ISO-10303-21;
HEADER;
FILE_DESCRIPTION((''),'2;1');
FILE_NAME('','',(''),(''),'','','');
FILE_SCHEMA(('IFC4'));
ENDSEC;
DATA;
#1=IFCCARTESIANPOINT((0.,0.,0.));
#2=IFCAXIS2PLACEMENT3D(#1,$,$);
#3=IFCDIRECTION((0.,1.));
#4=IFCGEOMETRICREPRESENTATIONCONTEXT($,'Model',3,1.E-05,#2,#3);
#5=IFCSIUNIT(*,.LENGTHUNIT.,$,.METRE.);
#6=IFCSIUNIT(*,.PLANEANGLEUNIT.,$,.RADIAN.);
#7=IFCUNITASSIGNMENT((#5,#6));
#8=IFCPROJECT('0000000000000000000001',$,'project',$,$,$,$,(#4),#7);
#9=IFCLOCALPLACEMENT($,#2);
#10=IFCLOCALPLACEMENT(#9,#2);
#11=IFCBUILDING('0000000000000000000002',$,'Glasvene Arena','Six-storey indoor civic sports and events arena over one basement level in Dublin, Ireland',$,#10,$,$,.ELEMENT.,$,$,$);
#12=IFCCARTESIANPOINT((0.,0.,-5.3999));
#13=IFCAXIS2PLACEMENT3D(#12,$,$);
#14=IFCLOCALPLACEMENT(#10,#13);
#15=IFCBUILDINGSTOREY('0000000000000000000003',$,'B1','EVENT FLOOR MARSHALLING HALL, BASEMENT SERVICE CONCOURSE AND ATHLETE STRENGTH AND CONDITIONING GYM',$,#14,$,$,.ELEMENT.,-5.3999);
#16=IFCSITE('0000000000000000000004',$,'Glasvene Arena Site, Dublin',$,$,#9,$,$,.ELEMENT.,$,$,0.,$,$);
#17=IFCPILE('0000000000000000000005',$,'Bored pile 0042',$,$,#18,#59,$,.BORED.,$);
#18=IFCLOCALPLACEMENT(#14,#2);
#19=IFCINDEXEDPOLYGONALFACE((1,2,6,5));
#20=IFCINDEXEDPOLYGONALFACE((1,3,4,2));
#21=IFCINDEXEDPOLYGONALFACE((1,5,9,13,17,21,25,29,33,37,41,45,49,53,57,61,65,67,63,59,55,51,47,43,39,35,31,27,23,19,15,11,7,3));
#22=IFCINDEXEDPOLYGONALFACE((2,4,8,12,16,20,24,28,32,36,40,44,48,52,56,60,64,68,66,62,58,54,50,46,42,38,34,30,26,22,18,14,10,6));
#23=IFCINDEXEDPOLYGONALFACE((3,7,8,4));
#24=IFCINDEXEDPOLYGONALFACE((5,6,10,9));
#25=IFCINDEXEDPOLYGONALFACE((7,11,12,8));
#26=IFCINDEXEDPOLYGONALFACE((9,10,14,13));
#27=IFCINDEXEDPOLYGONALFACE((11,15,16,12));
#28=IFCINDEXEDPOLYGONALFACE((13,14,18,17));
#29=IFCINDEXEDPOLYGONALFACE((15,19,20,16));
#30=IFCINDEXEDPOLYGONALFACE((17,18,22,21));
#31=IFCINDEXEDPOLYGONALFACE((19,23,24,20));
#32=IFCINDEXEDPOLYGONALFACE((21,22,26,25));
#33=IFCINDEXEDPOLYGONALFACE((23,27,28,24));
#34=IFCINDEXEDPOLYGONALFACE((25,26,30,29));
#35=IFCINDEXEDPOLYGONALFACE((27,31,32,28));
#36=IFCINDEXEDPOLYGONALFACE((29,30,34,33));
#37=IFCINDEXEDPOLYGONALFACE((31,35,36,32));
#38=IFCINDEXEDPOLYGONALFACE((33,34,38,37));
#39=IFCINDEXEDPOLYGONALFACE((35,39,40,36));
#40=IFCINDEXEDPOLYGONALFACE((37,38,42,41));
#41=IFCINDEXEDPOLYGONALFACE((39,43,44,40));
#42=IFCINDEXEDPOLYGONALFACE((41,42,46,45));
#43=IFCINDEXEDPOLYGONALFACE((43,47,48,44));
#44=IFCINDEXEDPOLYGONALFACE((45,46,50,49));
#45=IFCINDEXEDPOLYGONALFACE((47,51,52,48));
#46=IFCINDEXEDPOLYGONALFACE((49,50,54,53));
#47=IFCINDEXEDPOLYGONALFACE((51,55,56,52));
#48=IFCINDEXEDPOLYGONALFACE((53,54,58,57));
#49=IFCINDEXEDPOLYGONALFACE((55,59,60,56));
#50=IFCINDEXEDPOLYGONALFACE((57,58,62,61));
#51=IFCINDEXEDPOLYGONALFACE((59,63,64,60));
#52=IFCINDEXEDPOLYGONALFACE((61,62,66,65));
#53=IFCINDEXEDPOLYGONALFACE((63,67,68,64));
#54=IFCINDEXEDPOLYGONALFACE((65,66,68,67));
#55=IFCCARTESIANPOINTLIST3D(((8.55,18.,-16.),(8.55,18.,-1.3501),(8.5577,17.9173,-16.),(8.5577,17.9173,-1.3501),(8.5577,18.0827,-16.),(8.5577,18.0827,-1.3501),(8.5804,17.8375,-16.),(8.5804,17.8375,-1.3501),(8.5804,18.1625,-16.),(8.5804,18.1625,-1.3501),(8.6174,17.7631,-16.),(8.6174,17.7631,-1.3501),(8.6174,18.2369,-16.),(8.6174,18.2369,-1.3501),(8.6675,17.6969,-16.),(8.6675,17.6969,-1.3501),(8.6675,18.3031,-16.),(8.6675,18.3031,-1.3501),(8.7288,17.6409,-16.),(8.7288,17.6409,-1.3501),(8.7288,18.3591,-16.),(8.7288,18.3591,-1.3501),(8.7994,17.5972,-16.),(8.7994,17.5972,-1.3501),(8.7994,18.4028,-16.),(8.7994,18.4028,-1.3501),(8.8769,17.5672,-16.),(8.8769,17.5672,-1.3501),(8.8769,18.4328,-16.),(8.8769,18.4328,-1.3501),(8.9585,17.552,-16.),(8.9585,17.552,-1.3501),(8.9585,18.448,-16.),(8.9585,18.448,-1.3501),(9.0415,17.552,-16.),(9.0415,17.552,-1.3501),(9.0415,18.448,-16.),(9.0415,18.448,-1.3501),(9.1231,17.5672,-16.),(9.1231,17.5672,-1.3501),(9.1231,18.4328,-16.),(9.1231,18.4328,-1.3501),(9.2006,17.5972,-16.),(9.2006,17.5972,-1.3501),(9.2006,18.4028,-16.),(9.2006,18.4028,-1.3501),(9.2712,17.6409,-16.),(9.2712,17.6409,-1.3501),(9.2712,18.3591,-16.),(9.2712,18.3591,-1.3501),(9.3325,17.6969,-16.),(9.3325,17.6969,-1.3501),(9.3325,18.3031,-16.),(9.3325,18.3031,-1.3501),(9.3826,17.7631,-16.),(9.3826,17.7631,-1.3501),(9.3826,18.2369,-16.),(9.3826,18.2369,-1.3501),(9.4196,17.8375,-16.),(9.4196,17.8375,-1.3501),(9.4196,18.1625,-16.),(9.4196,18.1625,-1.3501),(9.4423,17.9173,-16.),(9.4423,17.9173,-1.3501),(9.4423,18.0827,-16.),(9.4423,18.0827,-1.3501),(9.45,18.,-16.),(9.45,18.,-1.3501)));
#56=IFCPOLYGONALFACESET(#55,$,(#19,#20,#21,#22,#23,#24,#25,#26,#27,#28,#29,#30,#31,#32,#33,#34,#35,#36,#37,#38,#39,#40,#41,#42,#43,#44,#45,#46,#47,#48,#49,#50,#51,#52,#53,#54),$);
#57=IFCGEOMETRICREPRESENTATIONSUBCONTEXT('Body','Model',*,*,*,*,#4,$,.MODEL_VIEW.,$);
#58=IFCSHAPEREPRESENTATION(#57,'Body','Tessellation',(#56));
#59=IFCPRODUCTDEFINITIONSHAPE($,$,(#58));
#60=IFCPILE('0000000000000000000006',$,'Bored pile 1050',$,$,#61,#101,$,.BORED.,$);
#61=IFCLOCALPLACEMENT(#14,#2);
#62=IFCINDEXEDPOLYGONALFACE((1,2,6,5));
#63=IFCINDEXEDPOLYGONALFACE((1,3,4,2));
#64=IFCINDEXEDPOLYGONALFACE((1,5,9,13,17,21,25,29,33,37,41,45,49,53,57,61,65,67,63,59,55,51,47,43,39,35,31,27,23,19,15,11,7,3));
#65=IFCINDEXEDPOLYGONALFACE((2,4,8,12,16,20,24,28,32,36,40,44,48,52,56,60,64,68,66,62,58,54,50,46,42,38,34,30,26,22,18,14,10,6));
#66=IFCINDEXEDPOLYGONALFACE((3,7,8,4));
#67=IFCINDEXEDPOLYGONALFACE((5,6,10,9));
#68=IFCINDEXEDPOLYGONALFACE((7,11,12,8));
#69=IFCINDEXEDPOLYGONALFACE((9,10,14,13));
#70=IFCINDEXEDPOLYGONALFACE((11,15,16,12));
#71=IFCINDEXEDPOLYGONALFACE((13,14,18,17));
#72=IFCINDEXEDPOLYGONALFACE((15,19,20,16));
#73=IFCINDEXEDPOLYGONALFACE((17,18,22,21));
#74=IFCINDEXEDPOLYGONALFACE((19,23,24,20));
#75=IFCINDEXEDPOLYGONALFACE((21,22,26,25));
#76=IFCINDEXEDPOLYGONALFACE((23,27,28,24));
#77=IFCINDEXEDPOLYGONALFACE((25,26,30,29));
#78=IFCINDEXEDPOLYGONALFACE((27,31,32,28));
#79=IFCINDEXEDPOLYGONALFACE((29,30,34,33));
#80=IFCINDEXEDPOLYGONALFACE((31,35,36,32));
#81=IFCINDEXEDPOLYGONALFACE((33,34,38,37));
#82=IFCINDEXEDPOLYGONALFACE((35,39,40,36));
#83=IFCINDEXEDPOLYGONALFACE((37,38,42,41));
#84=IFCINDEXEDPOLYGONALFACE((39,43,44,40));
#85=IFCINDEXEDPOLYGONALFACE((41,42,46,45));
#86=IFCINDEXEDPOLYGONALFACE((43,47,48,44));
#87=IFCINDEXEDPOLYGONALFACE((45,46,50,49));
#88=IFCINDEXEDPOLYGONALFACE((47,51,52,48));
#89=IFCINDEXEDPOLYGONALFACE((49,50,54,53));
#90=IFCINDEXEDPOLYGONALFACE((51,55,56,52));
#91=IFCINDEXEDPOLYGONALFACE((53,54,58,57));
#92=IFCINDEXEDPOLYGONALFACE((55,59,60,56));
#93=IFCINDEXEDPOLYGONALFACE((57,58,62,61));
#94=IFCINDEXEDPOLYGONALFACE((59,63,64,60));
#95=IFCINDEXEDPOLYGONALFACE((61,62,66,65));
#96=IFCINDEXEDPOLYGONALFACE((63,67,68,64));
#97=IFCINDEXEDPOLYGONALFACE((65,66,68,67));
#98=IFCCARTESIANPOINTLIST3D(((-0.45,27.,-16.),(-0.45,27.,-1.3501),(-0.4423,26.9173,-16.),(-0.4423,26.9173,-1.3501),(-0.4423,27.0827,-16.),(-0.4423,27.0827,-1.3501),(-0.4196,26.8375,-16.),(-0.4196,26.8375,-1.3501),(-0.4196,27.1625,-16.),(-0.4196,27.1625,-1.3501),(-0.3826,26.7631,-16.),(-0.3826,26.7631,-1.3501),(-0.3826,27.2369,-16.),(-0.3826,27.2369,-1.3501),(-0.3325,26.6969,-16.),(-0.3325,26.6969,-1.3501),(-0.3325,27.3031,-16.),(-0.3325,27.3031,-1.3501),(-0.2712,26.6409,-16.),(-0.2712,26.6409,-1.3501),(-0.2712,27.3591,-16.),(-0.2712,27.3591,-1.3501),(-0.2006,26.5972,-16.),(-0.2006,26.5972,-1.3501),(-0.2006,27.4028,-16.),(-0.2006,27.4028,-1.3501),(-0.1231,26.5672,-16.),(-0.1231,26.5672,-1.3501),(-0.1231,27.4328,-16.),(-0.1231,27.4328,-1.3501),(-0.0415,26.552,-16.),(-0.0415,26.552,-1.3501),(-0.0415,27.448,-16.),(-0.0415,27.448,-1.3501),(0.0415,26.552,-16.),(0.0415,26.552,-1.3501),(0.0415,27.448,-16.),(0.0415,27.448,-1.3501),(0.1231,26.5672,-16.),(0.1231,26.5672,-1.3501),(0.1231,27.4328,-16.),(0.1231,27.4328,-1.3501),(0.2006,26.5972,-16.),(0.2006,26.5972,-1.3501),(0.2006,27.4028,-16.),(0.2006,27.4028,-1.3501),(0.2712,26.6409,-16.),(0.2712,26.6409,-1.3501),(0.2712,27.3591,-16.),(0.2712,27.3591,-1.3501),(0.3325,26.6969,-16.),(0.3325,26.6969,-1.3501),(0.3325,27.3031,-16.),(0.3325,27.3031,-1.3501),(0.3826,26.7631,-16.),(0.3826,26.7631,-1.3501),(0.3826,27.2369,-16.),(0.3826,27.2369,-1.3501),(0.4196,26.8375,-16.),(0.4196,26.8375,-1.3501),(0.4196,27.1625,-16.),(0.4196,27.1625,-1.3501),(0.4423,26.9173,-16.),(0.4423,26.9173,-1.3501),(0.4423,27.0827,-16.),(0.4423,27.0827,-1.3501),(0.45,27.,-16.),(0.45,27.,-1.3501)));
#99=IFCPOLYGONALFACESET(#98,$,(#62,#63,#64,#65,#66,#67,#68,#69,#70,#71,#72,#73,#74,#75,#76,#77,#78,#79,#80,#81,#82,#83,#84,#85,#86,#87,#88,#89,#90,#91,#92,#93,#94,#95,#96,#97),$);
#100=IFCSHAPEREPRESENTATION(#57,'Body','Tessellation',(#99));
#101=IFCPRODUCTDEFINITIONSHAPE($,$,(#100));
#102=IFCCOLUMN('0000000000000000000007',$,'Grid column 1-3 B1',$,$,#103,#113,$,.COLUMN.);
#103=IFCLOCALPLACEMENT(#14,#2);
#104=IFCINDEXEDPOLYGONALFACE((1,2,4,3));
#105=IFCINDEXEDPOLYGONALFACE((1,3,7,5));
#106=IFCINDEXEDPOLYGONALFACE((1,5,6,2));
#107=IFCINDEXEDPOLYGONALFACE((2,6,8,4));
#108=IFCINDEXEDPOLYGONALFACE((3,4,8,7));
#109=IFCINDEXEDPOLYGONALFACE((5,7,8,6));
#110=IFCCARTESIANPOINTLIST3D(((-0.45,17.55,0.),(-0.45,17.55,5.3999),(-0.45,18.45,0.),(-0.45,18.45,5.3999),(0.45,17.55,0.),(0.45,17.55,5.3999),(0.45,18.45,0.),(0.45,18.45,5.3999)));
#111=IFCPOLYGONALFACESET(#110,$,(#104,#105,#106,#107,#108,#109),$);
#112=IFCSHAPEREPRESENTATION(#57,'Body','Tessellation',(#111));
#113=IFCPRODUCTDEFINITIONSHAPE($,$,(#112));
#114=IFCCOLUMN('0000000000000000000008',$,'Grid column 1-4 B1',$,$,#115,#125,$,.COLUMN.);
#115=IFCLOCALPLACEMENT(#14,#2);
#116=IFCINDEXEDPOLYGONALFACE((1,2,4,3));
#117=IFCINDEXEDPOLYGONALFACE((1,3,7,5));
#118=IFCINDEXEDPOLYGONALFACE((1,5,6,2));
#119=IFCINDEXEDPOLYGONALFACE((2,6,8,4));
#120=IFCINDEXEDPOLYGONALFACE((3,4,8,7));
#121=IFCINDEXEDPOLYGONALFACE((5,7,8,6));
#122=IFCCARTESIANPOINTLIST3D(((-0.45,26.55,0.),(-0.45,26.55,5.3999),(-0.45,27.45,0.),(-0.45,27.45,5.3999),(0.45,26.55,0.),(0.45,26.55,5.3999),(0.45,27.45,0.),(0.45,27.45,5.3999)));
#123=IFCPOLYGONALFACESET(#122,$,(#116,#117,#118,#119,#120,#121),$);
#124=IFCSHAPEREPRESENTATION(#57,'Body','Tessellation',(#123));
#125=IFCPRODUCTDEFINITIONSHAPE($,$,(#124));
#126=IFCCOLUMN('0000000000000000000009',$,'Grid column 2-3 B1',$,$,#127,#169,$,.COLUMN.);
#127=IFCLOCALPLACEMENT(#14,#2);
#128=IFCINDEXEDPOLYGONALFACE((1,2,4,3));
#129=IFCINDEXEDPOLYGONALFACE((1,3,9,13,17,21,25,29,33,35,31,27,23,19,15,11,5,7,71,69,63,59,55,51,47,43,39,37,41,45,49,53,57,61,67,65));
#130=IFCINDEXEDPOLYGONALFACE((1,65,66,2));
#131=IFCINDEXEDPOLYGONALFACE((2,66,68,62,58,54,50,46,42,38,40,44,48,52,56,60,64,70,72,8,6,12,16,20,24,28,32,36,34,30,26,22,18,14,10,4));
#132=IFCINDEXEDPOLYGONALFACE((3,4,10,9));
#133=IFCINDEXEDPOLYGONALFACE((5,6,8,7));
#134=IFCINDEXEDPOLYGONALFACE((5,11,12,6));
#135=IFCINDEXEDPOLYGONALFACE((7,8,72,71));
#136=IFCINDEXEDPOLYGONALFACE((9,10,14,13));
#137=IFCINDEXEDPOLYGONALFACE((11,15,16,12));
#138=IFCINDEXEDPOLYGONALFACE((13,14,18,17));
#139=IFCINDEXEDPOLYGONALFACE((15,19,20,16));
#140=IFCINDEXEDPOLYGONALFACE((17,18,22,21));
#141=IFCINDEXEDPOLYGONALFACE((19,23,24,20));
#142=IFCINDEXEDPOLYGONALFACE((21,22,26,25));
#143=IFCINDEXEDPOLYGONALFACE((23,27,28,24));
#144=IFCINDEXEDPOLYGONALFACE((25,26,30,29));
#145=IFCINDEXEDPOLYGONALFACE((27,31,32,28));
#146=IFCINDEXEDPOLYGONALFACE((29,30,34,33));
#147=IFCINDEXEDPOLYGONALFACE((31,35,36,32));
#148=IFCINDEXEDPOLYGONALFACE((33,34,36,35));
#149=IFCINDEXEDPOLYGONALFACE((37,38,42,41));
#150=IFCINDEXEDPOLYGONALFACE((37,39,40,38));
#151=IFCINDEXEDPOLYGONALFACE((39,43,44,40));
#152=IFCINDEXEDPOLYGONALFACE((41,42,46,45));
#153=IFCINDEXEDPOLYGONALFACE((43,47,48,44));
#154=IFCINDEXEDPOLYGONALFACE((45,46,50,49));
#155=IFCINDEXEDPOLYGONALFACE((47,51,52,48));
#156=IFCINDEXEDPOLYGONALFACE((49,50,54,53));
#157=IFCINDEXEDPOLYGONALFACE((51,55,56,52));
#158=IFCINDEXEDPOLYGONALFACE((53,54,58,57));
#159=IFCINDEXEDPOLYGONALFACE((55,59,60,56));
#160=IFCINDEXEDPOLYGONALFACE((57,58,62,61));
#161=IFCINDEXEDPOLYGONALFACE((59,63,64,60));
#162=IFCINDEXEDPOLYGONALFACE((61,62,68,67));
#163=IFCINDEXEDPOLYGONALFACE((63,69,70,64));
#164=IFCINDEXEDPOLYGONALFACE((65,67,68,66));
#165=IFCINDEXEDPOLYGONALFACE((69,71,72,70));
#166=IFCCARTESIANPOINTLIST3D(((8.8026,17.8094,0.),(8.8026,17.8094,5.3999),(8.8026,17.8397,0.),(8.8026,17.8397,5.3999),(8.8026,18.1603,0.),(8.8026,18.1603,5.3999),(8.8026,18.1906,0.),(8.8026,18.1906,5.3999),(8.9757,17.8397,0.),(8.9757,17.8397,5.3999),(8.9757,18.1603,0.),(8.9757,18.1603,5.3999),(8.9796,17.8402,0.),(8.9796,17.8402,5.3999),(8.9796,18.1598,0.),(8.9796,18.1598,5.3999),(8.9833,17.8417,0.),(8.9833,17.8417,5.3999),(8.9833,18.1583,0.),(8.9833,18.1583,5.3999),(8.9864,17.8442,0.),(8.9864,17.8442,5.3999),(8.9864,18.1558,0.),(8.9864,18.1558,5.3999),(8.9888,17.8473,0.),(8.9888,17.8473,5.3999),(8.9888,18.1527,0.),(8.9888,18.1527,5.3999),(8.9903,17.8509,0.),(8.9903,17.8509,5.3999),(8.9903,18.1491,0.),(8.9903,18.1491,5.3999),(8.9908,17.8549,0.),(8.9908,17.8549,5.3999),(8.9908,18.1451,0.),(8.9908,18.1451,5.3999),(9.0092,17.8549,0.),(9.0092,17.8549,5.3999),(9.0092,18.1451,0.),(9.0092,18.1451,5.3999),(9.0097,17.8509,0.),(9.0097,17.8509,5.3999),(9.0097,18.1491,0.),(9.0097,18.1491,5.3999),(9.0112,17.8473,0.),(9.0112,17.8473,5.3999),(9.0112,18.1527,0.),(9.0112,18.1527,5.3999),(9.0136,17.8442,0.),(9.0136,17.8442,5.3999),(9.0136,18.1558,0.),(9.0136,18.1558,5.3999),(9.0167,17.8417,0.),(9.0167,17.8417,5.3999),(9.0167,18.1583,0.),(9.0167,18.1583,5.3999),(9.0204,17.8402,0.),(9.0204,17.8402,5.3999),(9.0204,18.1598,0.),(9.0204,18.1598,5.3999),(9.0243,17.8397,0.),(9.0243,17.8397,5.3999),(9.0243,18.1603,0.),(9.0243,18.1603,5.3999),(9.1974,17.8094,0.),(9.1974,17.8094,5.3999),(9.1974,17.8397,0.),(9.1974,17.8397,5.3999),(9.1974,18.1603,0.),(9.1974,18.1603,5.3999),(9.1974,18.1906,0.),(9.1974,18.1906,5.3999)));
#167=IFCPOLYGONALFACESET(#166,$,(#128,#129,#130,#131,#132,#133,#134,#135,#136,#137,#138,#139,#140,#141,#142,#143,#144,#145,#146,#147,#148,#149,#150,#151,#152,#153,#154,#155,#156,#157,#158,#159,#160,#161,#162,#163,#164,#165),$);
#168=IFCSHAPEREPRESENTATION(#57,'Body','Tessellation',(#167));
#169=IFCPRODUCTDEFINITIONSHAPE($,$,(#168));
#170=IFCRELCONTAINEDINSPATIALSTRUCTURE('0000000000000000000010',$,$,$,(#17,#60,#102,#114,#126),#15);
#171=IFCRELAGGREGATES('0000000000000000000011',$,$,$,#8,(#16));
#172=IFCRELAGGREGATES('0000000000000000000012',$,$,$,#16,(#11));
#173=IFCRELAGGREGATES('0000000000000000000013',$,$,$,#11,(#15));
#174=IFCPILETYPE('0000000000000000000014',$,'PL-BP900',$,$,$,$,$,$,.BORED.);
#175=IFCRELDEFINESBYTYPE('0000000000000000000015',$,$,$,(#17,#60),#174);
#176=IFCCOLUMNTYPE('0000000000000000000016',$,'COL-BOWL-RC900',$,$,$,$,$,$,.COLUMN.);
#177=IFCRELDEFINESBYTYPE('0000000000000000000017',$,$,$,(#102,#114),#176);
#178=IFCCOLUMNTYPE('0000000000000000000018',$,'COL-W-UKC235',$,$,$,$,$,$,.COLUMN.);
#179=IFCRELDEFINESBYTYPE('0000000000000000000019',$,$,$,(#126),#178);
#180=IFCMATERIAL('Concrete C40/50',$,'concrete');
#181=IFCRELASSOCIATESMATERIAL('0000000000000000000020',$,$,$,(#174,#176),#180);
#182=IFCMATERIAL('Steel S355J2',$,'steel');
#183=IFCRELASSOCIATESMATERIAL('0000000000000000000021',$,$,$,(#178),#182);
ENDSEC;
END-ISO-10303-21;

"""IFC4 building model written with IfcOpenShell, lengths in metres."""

from ifc_helpers import new_model, si_unit, direction, frame, origin, origin_2d, place, context, subcontext, project, spatial, rectangle, circle, i_section, extrude, material, material_profile, profile_set, type_object, element, save


model = new_model("IFC4")

# Units and contexts
model_context = context("Model", 3, precision=1e-05, world=origin(), true_north=direction((0.0, 1.0)))
body_context = subcontext(model_context, "Body", "Model", "MODEL_VIEW")
ifc_project = project(units=[si_unit("LENGTHUNIT", "METRE"), si_unit("PLANEANGLEUNIT", "RADIAN")], contexts=[model_context])

# Site, building, storey
site_placement = place(None, origin())
site = spatial("IfcSite", under=ifc_project, at=site_placement, Name="Glasvene Arena Site, Dublin", CompositionType="ELEMENT", RefElevation=0.0)
building_placement = place(site_placement, origin())
building = spatial("IfcBuilding", under=site, at=building_placement, Name="Glasvene Arena", Description="Six-storey indoor civic sports and events arena over one basement level in Dublin, Ireland", CompositionType="ELEMENT")
storey_placement = place(building_placement, frame((0.0, 0.0, -5.3999)))
storey = spatial("IfcBuildingStorey", under=building, at=storey_placement, Name="B1", Description="EVENT FLOOR MARSHALLING HALL, BASEMENT SERVICE CONCOURSE AND ATHLETE STRENGTH AND CONDITIONING GYM", CompositionType="ELEMENT", Elevation=-5.3999)

# Shared definitions
ifc_material_1 = material(Name="Concrete C40/50", Category="concrete")

# Piles
ifc_material_profile_1 = material_profile(ifc_material_1, circle(Radius=0.45, at=origin_2d()), Name="BORED PILE 900")
ifc_profile_set_1 = profile_set([ifc_material_profile_1], Name="Concrete C40/50")
pile_type_1 = type_object("IfcPileType", Name="PL-BP900", PredefinedType="BORED", material=ifc_profile_set_1)
for number, where, z_axis, x_axis, name in (
    (1, (9.0, 18.0, -1.3501), (0.0, 0.0, -1.0), (1.0, 0.0, 0.0), "Bored pile 0042"),
    (2, (0.0, 27.0, -1.3501), (0.0, 0.0, -1.0), (1.0, 0.0, 0.0), "Bored pile 1050"),
):
    element("IfcPile", number, at=place(storey_placement, frame(where, z_axis=z_axis, x_axis=x_axis)), inside=storey, type_object=pile_type_1, Name=name, PredefinedType="BORED", context=body_context, shape_type="SweptSolid", body=[
        extrude(circle(Radius=0.45, at=origin_2d()), origin(), (0.0, 0.0, 1.0), 14.6499),
    ])

# Columns
ifc_material_profile_2 = material_profile(ifc_material_1, rectangle(XDim=0.8999, YDim=0.8999, at=origin_2d()), Name="RC 900x900")
ifc_profile_set_2 = profile_set([ifc_material_profile_2], Name="Concrete C40/50")
column_type_1 = type_object("IfcColumnType", Name="COL-BOWL-RC900", PredefinedType="COLUMN", material=ifc_profile_set_2)
for number, where, z_axis, x_axis, name in (
    (3, (0.0, 18.0, 0.0), (0.0, 0.0, 1.0), (1.0, 0.0, 0.0), "Grid column 1-3 B1"),
    (4, (0.0, 27.0, 0.0), (0.0, 0.0, 1.0), (1.0, 0.0, 0.0), "Grid column 1-4 B1"),
):
    element("IfcColumn", number, at=place(storey_placement, frame(where, z_axis=z_axis, x_axis=x_axis)), inside=storey, type_object=column_type_1, Name=name, PredefinedType="COLUMN", context=body_context, shape_type="SweptSolid", body=[
        extrude(rectangle(XDim=0.8999, YDim=0.8999, at=origin_2d()), origin(), (0.0, 0.0, 1.0), 5.3999),
    ])
ifc_material_2 = material(Name="Steel S355J2", Category="steel")
ifc_material_profile_3 = material_profile(ifc_material_2, i_section(OverallWidth=0.3948, OverallDepth=0.3811, WebThickness=0.0183, FlangeThickness=0.0303, FilletRadius=0.0151, at=origin_2d()), Name="UKC 356x406x235")
ifc_profile_set_3 = profile_set([ifc_material_profile_3], Name="Steel S355J2")
column_type_2 = type_object("IfcColumnType", Name="COL-W-UKC235", PredefinedType="COLUMN", material=ifc_profile_set_3)
column_placement = place(storey_placement, frame((9.0, 18.0, 0.0), z_axis=(0.0, 0.0, 1.0), x_axis=(1.0, 0.0, 0.0)))
element("IfcColumn", 5, at=column_placement, inside=storey, type_object=column_type_2, Name="Grid column 2-3 B1", PredefinedType="COLUMN", context=body_context, shape_type="SweptSolid", body=[
    extrude(i_section(OverallWidth=0.3948, OverallDepth=0.3811, WebThickness=0.0183, FlangeThickness=0.0303, FilletRadius=0.0151, at=origin_2d()), origin(), (0.0, 0.0, 1.0), 5.3999),
])

save(model, "model.ifc")
